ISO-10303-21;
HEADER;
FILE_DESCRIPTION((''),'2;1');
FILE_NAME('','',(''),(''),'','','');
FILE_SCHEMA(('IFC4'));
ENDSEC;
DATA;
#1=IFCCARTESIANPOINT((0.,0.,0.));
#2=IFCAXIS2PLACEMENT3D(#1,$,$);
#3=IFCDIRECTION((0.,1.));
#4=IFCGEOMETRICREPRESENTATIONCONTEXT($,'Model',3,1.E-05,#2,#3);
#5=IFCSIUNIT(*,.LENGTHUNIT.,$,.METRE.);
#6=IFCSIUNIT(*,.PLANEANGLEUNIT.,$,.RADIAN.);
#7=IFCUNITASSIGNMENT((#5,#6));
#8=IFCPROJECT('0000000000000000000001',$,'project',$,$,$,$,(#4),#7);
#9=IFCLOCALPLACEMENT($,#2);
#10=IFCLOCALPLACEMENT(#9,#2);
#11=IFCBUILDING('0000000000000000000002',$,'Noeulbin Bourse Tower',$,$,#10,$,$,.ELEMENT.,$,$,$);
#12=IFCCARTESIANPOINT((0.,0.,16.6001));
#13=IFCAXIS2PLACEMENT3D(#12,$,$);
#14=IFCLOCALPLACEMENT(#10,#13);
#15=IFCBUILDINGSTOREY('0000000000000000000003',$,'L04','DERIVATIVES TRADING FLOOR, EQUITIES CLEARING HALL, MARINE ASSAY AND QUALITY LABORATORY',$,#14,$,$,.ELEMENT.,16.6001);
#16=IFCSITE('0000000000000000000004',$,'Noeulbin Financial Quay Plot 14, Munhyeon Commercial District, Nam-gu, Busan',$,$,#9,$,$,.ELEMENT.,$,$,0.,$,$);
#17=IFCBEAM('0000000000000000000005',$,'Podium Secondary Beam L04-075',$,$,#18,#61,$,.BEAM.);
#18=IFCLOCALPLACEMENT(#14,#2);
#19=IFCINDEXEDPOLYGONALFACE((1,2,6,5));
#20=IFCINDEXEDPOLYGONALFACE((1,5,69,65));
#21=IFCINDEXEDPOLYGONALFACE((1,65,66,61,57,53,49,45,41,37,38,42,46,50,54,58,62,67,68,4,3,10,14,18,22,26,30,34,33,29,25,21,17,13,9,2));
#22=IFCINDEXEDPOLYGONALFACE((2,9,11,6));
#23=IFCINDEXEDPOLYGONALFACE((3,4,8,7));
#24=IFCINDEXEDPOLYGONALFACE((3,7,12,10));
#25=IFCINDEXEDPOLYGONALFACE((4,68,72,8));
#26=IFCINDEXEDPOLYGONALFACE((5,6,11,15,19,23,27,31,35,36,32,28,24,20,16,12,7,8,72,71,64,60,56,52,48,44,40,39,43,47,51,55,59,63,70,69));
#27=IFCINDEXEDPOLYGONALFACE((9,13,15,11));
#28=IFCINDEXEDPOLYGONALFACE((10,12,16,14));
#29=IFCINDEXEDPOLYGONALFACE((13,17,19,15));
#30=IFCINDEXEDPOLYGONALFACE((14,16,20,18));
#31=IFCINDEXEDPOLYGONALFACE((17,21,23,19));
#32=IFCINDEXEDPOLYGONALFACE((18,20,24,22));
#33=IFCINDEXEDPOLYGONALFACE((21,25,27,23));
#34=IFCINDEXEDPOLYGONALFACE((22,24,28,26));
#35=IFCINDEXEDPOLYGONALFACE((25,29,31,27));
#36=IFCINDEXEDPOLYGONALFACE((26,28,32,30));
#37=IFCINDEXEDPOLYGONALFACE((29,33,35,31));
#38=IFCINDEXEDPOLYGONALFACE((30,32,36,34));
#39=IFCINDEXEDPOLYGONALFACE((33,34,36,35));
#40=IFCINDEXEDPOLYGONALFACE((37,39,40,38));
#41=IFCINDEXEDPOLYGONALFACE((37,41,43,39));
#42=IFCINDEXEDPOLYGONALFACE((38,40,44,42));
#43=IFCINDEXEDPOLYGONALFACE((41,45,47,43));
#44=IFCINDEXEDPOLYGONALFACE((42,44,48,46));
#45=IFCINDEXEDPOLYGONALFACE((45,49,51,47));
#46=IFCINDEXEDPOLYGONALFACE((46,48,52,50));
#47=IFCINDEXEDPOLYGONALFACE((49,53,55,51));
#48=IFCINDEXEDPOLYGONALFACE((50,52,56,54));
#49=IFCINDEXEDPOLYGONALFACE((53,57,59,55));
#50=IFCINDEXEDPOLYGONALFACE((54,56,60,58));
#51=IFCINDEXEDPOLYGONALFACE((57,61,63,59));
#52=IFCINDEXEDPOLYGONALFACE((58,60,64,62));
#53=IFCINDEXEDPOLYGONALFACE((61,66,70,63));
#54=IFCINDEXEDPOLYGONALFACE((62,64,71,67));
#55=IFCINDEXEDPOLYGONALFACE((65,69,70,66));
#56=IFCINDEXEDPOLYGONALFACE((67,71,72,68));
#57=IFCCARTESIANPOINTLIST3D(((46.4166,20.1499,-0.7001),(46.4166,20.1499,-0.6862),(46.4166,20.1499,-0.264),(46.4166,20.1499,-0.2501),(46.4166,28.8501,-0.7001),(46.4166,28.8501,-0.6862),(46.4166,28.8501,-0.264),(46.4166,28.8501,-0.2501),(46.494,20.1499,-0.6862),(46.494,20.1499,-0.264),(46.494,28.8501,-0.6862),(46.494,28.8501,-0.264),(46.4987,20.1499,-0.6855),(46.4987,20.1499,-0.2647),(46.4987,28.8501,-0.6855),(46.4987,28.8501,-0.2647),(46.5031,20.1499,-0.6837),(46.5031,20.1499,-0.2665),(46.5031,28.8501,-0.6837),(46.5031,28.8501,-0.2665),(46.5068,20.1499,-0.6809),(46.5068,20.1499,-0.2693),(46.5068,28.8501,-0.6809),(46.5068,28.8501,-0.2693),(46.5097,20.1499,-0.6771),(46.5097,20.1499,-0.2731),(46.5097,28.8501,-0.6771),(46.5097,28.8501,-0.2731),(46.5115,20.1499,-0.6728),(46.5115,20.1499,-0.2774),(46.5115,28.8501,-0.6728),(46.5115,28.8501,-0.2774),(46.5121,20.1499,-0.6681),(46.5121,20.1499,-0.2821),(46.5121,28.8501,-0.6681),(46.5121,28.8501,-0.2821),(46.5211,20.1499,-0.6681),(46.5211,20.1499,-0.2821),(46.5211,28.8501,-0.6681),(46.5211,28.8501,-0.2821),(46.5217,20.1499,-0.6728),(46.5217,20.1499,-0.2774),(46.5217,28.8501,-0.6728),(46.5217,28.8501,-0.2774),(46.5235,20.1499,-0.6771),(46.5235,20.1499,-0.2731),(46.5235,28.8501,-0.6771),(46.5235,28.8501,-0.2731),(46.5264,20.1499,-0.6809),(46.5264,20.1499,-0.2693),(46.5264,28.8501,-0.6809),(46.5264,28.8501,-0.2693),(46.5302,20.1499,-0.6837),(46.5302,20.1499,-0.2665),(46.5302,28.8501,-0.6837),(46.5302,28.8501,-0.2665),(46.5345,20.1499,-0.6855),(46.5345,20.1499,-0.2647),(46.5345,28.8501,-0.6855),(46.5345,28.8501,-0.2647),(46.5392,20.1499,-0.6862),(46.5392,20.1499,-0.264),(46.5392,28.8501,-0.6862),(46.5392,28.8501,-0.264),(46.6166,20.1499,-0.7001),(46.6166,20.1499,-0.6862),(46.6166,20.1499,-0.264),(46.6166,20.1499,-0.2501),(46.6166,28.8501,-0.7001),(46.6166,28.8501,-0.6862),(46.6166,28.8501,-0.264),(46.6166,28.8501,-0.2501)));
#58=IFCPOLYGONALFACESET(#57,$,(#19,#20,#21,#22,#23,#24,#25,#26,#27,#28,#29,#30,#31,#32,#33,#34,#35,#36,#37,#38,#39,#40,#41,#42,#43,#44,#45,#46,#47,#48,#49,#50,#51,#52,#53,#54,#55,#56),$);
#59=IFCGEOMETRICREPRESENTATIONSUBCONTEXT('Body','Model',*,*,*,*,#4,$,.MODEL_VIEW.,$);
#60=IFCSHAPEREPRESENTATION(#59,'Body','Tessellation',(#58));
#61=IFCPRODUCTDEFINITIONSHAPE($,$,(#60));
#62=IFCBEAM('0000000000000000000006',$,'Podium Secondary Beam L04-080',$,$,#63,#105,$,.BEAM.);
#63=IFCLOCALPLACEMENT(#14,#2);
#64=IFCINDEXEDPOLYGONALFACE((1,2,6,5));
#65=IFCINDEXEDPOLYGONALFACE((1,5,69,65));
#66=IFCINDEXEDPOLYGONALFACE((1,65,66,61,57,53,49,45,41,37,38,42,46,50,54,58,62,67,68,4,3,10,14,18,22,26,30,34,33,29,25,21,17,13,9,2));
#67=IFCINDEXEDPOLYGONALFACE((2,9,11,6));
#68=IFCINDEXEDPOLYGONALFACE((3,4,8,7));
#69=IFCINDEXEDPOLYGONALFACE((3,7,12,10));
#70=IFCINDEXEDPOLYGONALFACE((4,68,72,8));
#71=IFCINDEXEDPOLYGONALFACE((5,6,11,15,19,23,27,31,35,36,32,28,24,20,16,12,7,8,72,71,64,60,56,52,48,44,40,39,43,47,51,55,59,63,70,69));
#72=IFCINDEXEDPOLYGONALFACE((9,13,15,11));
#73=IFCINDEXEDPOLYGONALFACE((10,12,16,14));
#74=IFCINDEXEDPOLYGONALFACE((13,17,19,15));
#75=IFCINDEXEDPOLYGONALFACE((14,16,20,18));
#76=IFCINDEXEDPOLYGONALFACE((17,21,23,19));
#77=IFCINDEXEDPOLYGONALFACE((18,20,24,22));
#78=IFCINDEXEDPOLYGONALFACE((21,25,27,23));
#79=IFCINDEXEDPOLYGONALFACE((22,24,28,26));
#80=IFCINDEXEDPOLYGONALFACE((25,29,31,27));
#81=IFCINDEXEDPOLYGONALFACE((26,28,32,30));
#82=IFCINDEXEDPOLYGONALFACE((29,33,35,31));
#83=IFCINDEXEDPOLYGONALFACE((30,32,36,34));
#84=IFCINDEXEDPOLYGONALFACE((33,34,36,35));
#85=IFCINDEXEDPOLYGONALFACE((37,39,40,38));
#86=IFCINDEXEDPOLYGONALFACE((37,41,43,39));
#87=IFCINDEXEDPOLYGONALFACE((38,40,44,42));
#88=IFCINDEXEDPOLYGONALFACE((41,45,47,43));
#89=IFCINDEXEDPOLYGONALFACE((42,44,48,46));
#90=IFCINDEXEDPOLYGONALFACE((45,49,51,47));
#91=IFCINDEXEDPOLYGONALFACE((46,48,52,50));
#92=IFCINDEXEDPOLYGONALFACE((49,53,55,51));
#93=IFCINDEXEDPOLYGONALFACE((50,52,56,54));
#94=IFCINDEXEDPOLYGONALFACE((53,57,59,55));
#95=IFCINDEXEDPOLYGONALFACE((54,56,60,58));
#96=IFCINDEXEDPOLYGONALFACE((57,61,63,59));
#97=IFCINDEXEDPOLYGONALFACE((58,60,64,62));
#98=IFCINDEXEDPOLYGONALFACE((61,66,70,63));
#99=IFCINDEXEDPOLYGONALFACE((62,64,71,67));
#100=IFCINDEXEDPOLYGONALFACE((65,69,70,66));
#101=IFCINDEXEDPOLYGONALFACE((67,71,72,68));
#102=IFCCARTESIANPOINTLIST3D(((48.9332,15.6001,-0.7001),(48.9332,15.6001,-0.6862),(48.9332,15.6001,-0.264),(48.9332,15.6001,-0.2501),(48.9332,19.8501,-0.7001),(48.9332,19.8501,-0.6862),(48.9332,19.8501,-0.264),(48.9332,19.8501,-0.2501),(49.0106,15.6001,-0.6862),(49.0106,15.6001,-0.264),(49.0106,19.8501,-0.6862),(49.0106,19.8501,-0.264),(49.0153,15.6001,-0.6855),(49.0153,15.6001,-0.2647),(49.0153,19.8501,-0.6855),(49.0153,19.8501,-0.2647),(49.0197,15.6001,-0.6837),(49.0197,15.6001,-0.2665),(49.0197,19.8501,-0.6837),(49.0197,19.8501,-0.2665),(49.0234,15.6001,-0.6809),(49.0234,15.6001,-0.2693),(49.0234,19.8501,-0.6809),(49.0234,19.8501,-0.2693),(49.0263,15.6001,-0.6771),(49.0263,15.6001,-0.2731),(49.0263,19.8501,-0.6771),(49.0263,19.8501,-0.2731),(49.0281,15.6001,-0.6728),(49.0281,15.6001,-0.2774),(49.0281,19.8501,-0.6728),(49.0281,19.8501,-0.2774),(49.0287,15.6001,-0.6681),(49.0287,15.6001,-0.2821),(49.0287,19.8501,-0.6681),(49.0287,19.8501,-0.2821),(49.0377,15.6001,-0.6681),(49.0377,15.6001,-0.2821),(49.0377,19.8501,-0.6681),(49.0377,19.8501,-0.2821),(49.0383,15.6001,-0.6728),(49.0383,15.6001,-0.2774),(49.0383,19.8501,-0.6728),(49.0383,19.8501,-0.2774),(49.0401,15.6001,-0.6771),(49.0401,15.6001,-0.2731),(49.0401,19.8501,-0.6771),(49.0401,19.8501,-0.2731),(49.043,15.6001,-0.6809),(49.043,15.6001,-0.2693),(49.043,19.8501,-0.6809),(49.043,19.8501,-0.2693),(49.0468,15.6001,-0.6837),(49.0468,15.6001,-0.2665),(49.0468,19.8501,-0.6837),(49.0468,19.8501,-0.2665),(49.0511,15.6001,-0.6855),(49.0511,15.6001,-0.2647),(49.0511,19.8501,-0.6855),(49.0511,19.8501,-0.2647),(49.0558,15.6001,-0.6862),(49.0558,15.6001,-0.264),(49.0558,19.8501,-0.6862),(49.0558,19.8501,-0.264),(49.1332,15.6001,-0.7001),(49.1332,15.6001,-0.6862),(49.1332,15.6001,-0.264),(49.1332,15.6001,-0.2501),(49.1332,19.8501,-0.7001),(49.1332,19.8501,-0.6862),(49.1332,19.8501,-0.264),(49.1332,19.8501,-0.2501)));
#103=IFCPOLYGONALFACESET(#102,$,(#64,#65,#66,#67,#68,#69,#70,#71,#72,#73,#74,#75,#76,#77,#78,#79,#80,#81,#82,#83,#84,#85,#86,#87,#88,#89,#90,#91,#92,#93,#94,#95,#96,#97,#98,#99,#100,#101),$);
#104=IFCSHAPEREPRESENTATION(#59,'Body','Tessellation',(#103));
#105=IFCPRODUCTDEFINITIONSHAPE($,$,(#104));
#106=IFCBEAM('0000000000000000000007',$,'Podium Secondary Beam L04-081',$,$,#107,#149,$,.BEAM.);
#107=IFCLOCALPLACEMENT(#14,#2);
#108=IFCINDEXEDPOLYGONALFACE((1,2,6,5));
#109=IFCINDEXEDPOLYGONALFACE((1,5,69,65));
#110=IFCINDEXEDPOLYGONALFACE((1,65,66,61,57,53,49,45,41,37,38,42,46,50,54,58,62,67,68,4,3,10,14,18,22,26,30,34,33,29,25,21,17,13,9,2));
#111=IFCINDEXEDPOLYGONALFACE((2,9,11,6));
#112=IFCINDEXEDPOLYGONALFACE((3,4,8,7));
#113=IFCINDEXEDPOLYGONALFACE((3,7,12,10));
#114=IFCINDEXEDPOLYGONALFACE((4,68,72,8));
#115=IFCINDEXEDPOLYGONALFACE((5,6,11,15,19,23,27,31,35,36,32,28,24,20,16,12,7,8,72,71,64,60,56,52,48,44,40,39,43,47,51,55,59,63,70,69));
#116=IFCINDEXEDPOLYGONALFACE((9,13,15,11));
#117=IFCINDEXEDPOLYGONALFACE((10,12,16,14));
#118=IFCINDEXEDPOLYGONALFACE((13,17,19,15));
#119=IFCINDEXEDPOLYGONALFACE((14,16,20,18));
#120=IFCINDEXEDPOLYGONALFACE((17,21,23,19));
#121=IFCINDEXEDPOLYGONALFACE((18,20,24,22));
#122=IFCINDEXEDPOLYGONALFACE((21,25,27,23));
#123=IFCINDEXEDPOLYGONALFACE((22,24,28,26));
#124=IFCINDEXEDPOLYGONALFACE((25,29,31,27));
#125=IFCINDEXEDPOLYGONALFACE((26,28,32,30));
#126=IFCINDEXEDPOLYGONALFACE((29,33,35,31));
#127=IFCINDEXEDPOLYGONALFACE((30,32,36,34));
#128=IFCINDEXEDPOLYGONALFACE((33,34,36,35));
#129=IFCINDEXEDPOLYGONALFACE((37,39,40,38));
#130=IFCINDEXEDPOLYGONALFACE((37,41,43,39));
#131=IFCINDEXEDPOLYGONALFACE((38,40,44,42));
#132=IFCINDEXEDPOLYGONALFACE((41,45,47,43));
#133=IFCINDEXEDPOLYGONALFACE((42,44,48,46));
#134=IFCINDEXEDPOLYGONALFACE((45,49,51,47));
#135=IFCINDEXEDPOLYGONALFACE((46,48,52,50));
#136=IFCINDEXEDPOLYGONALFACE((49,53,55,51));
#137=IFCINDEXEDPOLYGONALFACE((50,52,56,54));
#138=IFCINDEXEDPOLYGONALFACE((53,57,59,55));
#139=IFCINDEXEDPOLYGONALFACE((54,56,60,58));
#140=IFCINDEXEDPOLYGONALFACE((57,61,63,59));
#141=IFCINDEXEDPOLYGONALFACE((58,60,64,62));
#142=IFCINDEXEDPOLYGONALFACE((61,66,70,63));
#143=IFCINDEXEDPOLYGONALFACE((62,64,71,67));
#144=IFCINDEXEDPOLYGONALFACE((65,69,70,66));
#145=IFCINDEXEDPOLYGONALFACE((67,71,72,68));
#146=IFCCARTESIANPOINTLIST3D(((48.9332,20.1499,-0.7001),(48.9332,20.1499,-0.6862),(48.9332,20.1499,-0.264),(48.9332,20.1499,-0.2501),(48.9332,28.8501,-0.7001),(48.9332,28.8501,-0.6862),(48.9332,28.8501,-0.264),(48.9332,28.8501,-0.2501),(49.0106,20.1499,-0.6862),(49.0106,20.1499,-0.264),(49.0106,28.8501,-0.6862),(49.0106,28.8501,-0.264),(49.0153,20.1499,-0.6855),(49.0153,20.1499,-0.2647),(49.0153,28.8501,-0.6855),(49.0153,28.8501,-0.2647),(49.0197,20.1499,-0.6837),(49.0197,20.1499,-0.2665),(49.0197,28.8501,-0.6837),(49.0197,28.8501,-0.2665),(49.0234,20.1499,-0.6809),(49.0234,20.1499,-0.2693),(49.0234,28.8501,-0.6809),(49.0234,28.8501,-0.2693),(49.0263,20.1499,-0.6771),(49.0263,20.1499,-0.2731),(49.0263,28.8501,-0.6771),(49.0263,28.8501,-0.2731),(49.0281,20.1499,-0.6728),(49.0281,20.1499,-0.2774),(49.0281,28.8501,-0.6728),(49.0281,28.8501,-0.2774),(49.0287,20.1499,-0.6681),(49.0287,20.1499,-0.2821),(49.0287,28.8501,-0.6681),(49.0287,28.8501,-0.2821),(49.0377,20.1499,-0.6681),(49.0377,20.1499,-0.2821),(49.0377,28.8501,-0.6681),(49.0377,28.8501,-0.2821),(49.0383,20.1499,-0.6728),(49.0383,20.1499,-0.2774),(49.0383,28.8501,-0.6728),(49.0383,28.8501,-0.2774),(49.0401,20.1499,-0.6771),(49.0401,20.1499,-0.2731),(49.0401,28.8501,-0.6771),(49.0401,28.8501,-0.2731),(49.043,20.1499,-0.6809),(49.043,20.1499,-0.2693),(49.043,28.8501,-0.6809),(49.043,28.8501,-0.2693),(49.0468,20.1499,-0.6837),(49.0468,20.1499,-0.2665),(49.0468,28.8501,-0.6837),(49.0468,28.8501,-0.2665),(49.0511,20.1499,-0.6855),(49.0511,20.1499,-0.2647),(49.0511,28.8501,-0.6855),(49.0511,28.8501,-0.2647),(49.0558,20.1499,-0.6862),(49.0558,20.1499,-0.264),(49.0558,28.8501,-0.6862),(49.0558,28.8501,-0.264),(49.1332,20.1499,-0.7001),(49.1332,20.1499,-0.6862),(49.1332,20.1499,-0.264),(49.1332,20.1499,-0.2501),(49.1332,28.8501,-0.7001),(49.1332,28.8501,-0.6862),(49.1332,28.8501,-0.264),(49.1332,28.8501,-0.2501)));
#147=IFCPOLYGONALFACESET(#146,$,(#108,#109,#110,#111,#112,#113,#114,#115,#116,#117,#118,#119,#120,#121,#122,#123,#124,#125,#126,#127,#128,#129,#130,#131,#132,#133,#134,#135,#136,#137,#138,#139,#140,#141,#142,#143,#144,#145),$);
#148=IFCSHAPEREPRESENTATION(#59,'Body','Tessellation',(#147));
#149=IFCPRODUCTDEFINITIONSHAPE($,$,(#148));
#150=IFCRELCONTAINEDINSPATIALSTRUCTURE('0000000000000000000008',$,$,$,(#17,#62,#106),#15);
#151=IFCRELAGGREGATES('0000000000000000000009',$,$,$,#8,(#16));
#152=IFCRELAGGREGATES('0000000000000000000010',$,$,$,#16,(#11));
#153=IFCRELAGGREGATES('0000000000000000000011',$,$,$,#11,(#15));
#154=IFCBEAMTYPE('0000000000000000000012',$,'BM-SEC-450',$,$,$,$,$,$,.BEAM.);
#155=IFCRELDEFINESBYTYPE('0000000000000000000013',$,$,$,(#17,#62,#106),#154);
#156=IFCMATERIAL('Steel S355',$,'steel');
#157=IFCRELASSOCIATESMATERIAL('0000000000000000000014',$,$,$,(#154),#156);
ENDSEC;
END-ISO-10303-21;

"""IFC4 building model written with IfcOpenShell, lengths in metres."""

from ifc_helpers import new_model, si_unit, direction, frame, origin, origin_2d, place, context, subcontext, project, spatial, i_section, extrude, material, material_profile, profile_set, type_object, element, save


model = new_model("IFC4")

# Units and contexts
model_context = context("Model", 3, precision=1e-05, world=origin(), true_north=direction((0.0, 1.0)))
body_context = subcontext(model_context, "Body", "Model", "MODEL_VIEW")
ifc_project = project(units=[si_unit("LENGTHUNIT", "METRE"), si_unit("PLANEANGLEUNIT", "RADIAN")], contexts=[model_context])

# Site, building, storey
site_placement = place(None, origin())
site = spatial("IfcSite", under=ifc_project, at=site_placement, Name="Noeulbin Financial Quay Plot 14, Munhyeon Commercial District, Nam-gu, Busan", CompositionType="ELEMENT", RefElevation=0.0)
building_placement = place(site_placement, origin())
building = spatial("IfcBuilding", under=site, at=building_placement, Name="Noeulbin Bourse Tower", CompositionType="ELEMENT")
storey_placement = place(building_placement, frame((0.0, 0.0, 16.6001)))
storey = spatial("IfcBuildingStorey", under=building, at=storey_placement, Name="L04", Description="DERIVATIVES TRADING FLOOR, EQUITIES CLEARING HALL, MARINE ASSAY AND QUALITY LABORATORY", CompositionType="ELEMENT", Elevation=16.6001)

# Beams
ifc_material_1 = material(Name="Steel S355", Category="steel")
ifc_material_profile_1 = material_profile(ifc_material_1, i_section(OverallWidth=0.2, OverallDepth=0.45, WebThickness=0.009, FlangeThickness=0.0139, FilletRadius=0.0181, at=origin_2d()), Name="H-450x200x9x14", Category="LoadBearing")
ifc_profile_set_1 = profile_set([ifc_material_profile_1], Name="Steel S355")
beam_type_1 = type_object("IfcBeamType", Name="BM-SEC-450", PredefinedType="BEAM", material=ifc_profile_set_1)
beam_1_placement = place(storey_placement, frame((46.5166, 20.1499, -0.4751), z_axis=(0.0, 1.0, 0.0), x_axis=(-1.0, 0.0, 0.0)))
element("IfcBeam", 1, at=beam_1_placement, inside=storey, type_object=beam_type_1, Name="Podium Secondary Beam L04-075", PredefinedType="BEAM", context=body_context, shape_type="SweptSolid", body=[
    extrude(i_section(OverallWidth=0.2, OverallDepth=0.45, WebThickness=0.009, FlangeThickness=0.0139, FilletRadius=0.0181, at=origin_2d()), origin(), (0.0, 0.0, 1.0), 8.7002),
])
beam_2_placement = place(storey_placement, frame((49.0332, 15.6001, -0.4751), z_axis=(0.0, 1.0, 0.0), x_axis=(-1.0, 0.0, 0.0)))
element("IfcBeam", 2, at=beam_2_placement, inside=storey, type_object=beam_type_1, Name="Podium Secondary Beam L04-080", PredefinedType="BEAM", context=body_context, shape_type="SweptSolid", body=[
    extrude(i_section(OverallWidth=0.2, OverallDepth=0.45, WebThickness=0.009, FlangeThickness=0.0139, FilletRadius=0.0181, at=origin_2d()), origin(), (0.0, 0.0, 1.0), 4.25),
])
beam_3_placement = place(storey_placement, frame((49.0332, 20.1499, -0.4751), z_axis=(0.0, 1.0, 0.0), x_axis=(-1.0, 0.0, 0.0)))
element("IfcBeam", 3, at=beam_3_placement, inside=storey, type_object=beam_type_1, Name="Podium Secondary Beam L04-081", PredefinedType="BEAM", context=body_context, shape_type="SweptSolid", body=[
    extrude(i_section(OverallWidth=0.2, OverallDepth=0.45, WebThickness=0.009, FlangeThickness=0.0139, FilletRadius=0.0181, at=origin_2d()), origin(), (0.0, 0.0, 1.0), 8.7002),
])

save(model, "model.ifc")
